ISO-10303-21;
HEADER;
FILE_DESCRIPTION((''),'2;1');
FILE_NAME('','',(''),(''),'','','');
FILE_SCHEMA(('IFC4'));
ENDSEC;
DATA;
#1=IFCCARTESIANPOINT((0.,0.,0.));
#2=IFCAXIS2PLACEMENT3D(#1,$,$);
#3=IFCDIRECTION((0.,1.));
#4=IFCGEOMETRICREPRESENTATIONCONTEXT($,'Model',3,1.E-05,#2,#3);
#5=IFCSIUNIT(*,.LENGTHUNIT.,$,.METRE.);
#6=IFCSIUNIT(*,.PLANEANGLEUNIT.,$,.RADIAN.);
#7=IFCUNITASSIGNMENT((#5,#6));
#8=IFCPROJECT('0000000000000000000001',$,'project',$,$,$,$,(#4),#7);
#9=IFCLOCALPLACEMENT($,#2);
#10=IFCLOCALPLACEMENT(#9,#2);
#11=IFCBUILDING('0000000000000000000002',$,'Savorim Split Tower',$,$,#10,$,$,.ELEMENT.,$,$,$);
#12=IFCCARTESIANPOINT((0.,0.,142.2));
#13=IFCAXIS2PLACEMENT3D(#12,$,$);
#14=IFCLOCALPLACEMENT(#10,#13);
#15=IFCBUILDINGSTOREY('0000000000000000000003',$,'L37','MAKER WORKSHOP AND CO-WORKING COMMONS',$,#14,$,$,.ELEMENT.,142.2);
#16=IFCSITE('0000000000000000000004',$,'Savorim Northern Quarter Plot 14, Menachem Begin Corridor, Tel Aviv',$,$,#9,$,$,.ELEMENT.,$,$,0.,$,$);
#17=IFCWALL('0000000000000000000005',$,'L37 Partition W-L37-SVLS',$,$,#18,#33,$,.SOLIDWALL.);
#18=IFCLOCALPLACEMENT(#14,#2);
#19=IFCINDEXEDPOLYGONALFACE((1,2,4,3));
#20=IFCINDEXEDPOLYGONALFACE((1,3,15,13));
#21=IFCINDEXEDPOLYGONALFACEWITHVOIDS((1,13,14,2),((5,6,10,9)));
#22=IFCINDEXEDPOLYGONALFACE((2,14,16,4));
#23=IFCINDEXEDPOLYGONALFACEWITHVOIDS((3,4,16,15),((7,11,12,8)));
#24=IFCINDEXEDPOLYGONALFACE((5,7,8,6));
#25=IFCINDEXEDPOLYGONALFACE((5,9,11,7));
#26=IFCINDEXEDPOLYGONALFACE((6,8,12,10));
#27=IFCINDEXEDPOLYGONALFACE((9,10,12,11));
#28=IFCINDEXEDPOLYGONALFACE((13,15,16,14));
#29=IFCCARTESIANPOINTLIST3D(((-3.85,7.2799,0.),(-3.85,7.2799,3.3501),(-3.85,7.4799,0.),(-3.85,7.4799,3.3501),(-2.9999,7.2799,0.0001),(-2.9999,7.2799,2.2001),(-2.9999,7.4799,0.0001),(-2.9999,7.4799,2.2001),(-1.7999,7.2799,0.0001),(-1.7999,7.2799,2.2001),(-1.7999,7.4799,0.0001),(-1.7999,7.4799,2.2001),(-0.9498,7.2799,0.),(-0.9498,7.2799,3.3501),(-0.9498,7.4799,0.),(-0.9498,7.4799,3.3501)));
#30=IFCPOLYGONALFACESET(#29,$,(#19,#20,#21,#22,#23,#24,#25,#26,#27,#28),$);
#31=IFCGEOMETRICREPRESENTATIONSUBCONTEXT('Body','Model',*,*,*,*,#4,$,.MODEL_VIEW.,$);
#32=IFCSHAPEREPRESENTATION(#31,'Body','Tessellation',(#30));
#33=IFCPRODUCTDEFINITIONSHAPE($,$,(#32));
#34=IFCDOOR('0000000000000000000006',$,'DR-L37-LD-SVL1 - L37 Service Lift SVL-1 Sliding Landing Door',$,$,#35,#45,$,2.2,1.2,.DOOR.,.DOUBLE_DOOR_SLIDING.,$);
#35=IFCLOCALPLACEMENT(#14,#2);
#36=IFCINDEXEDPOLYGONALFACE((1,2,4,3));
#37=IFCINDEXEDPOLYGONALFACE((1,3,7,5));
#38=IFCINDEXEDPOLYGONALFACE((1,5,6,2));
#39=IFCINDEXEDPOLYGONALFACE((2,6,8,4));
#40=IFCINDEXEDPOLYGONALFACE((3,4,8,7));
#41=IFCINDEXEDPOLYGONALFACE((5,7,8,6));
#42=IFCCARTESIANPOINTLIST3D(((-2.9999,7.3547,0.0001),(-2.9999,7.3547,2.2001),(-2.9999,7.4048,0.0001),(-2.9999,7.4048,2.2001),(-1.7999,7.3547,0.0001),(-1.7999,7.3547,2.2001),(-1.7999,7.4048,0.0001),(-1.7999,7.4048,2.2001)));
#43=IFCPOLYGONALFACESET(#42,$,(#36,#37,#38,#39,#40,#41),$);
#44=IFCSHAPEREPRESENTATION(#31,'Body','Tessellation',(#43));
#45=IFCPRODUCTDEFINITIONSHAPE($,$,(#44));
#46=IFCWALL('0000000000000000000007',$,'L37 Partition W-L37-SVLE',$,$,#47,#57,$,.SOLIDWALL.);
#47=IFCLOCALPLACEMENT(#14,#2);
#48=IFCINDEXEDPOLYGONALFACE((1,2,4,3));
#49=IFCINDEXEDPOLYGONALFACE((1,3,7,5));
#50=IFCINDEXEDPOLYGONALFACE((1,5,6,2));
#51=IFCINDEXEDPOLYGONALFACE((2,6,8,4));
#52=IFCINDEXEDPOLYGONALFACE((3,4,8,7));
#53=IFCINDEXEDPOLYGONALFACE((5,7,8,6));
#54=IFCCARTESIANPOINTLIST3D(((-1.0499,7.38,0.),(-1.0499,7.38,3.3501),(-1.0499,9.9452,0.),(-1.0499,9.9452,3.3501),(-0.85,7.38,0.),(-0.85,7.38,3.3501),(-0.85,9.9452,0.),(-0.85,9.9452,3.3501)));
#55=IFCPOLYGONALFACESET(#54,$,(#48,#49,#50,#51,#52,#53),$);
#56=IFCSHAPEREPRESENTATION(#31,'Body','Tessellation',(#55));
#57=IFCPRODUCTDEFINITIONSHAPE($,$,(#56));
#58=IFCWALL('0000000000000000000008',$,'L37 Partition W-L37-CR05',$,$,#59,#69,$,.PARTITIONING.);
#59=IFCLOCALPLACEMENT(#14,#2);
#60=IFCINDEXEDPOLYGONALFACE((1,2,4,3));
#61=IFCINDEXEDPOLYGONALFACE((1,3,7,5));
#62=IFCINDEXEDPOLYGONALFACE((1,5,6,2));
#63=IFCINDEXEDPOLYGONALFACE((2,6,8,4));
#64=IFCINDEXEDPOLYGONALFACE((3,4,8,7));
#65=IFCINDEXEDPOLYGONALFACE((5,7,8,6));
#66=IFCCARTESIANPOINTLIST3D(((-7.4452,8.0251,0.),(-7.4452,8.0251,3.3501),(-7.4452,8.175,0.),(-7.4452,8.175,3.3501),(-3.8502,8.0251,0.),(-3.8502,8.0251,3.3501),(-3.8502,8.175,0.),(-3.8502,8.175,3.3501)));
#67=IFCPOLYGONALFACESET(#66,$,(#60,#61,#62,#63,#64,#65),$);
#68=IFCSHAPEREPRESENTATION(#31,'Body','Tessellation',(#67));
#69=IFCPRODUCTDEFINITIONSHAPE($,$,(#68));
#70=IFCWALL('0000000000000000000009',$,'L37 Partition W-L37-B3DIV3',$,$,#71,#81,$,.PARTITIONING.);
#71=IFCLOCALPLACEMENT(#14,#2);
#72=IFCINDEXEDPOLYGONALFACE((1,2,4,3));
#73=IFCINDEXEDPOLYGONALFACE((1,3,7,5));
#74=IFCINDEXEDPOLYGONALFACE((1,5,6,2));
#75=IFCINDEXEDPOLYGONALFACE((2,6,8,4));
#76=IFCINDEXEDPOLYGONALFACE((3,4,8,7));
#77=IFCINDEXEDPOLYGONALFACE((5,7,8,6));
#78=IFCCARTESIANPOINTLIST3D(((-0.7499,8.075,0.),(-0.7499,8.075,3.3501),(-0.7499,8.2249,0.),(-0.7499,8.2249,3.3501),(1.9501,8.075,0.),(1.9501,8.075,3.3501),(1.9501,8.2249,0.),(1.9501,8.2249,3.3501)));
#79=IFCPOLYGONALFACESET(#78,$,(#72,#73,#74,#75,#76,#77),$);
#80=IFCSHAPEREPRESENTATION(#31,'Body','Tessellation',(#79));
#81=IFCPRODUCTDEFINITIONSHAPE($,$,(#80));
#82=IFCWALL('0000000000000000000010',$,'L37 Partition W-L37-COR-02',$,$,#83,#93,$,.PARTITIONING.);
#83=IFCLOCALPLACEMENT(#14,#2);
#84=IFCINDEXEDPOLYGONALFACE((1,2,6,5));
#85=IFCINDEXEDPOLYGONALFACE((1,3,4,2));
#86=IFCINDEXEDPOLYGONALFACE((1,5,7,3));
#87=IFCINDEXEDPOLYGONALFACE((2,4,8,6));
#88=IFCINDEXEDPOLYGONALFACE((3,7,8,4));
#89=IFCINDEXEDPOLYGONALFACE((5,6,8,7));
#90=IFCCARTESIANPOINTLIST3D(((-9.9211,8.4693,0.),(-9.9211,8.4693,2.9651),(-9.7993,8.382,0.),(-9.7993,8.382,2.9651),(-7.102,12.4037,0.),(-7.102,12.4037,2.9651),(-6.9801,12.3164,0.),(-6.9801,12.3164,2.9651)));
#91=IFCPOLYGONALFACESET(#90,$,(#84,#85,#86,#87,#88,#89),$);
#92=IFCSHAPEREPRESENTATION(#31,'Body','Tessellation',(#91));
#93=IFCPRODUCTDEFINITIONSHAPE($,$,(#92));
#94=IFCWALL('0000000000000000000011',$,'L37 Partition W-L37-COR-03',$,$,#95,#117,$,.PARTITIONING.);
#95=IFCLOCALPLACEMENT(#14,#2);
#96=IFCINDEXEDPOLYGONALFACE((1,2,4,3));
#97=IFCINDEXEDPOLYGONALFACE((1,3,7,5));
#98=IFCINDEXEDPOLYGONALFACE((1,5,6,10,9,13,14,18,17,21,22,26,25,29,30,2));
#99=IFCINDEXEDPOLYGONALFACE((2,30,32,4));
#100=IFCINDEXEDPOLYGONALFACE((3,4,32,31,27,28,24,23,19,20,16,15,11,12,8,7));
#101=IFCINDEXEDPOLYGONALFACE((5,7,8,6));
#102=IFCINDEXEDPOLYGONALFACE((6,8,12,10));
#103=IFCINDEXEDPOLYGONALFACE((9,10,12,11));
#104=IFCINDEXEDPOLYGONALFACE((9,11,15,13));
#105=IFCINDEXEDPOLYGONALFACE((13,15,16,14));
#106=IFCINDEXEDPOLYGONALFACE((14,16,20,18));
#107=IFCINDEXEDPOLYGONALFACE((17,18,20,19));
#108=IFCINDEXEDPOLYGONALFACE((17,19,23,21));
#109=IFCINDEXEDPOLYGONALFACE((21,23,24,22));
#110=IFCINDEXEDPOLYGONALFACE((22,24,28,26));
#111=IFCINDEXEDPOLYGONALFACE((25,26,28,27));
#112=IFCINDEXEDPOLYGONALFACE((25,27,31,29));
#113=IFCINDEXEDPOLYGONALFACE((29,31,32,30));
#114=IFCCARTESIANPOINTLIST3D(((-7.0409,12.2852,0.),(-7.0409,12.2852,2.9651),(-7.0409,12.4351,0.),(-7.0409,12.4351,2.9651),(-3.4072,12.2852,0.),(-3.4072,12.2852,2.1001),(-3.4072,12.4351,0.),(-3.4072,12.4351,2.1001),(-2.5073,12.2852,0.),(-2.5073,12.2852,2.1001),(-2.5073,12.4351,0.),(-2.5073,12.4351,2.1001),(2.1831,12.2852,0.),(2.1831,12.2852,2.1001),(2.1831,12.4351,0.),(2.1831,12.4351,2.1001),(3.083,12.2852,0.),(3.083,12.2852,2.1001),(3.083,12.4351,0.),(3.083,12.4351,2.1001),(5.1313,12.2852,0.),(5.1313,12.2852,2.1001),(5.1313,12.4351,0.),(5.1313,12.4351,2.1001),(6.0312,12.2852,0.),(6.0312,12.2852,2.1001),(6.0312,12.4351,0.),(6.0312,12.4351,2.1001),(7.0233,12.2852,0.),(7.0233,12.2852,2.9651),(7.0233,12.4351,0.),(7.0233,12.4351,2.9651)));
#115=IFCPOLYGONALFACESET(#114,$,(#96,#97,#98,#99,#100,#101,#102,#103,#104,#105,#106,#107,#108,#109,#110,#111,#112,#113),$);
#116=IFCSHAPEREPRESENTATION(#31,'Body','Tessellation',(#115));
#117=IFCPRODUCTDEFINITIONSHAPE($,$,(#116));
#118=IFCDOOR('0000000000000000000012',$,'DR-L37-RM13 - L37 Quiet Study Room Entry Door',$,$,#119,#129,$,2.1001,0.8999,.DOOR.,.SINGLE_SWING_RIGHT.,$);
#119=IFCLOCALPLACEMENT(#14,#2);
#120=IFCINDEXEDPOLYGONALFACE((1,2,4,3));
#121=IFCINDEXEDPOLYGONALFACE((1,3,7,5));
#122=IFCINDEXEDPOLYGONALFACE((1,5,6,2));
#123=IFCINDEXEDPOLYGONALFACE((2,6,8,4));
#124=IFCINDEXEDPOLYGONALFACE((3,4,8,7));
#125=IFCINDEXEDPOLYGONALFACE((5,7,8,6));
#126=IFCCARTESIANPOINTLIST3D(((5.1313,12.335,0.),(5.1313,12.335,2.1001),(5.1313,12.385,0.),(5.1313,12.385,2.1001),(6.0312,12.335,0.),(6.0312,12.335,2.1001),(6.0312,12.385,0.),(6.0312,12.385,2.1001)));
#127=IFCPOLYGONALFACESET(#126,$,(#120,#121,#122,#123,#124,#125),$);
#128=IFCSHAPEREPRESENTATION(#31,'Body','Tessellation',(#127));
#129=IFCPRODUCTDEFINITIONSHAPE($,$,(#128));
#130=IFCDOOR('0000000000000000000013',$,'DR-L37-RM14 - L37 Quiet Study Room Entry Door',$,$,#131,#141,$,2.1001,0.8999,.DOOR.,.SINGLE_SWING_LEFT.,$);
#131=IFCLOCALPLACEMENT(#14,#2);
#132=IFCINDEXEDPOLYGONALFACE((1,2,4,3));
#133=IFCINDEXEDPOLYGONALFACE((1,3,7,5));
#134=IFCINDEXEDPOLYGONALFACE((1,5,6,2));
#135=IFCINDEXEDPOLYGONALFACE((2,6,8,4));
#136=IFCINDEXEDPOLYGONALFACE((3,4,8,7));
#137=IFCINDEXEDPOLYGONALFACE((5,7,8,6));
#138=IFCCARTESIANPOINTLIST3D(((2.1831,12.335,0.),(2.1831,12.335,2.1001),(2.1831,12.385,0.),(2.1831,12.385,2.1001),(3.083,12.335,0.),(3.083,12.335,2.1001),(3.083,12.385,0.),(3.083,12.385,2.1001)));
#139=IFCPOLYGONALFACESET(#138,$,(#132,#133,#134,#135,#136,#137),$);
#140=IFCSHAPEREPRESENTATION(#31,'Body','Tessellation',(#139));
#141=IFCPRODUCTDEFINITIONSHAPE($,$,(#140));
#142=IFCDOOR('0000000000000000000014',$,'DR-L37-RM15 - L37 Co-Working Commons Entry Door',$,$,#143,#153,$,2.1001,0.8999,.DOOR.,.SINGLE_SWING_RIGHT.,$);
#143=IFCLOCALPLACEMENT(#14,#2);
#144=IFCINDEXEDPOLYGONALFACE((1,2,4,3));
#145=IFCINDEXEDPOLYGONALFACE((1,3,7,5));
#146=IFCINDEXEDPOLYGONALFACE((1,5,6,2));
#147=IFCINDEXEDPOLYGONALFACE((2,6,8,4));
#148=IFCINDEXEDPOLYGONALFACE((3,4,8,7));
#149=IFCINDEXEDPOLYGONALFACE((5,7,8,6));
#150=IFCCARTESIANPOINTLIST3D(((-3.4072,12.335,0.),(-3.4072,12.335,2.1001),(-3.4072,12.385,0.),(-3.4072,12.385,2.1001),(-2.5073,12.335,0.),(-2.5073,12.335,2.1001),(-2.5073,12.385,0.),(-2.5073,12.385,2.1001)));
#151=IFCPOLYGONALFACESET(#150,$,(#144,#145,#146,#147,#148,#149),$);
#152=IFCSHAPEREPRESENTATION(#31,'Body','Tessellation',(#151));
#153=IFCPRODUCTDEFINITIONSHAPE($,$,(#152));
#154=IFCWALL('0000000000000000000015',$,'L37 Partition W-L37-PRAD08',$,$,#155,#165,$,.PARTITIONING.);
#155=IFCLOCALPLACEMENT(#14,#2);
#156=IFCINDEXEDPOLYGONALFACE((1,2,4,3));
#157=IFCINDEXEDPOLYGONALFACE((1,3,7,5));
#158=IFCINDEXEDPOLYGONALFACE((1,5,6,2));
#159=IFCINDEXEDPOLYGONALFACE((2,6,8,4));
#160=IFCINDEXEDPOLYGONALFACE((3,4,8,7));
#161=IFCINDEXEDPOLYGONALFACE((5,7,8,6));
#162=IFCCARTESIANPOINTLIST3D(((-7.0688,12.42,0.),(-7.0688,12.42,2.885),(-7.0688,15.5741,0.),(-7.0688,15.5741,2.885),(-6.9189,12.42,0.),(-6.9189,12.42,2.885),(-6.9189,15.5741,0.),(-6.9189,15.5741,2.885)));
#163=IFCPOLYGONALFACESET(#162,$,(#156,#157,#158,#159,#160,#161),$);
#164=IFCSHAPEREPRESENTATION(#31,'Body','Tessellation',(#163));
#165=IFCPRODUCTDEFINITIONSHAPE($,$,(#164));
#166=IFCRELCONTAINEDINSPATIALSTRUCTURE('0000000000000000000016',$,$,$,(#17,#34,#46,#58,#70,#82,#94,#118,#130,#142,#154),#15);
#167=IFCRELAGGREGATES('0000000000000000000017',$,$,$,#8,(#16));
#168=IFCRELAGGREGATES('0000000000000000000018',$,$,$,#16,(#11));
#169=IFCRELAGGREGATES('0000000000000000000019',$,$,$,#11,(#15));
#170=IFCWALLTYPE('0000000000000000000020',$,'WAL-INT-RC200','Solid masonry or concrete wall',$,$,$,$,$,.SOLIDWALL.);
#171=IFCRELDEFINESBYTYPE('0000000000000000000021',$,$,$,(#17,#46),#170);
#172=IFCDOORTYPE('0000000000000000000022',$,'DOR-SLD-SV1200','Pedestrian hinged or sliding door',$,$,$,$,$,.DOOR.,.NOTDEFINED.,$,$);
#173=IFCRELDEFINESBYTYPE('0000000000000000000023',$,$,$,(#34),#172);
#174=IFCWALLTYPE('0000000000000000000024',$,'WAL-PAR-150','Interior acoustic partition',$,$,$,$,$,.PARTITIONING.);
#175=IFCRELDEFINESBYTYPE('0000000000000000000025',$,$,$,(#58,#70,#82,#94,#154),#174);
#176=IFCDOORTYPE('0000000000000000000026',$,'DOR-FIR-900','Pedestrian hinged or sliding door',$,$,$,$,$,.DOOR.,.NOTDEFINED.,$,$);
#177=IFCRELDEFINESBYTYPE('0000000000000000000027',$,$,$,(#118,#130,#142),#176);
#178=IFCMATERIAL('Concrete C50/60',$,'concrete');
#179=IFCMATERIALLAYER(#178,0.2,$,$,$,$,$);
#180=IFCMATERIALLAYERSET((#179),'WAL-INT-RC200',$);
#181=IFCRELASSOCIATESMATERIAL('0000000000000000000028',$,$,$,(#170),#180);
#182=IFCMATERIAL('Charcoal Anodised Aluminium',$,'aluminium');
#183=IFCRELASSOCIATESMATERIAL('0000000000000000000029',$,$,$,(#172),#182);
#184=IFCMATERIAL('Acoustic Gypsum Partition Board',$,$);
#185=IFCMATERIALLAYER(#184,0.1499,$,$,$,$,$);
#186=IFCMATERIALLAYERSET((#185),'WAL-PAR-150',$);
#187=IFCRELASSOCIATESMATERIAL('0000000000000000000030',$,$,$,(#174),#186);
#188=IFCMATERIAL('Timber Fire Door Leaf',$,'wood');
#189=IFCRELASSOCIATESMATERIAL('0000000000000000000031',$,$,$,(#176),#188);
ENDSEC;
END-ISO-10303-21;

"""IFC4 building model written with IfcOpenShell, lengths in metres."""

from ifc_helpers import new_model, si_unit, direction, frame, frame_2d, origin, place, context, subcontext, project, spatial, rectangle, extrude, material, layer, layer_set, type_object, element, fill, save


model = new_model("IFC4")

# Units and contexts
model_context = context("Model", 3, precision=1e-05, world=origin(), true_north=direction((0.0, 1.0)))
body_context = subcontext(model_context, "Body", "Model", "MODEL_VIEW")
ifc_project = project(units=[si_unit("LENGTHUNIT", "METRE"), si_unit("PLANEANGLEUNIT", "RADIAN")], contexts=[model_context])

# Site, building, storey
site_placement = place(None, origin())
site = spatial("IfcSite", under=ifc_project, at=site_placement, Name="Savorim Northern Quarter Plot 14, Menachem Begin Corridor, Tel Aviv", CompositionType="ELEMENT", RefElevation=0.0)
building_placement = place(site_placement, origin())
building = spatial("IfcBuilding", under=site, at=building_placement, Name="Savorim Split Tower", CompositionType="ELEMENT")
storey_placement = place(building_placement, frame((0.0, 0.0, 142.2)))
storey = spatial("IfcBuildingStorey", under=building, at=storey_placement, Name="L37", Description="MAKER WORKSHOP AND CO-WORKING COMMONS", CompositionType="ELEMENT", Elevation=142.2)

# Shared definitions
ifc_material_1 = material(Name="Charcoal Anodised Aluminium", Category="aluminium")

# Wall, opening, door
ifc_material_2 = material(Name="Concrete C50/60", Category="concrete")
ifc_layer_1 = layer(ifc_material_2, 0.2)
ifc_layer_set_1 = layer_set([ifc_layer_1], Name="WAL-INT-RC200")
wall_type_1 = type_object("IfcWallType", Name="WAL-INT-RC200", Description="Solid masonry or concrete wall", PredefinedType="SOLIDWALL", material=ifc_layer_set_1)
wall_1_placement = place(storey_placement, frame((-3.8501, 7.3799, 0.0), z_axis=(0.0, 0.0, 1.0), x_axis=(1.0, 0.0, 0.0)))
wall_1 = element("IfcWall", 1, at=wall_1_placement, inside=storey, type_object=wall_type_1, Name="L37 Partition W-L37-SVLS", PredefinedType="SOLIDWALL", context=body_context, shape_type="SweptSolid", body=[
    extrude(rectangle(XDim=2.9001, YDim=0.2, at=frame_2d((1.4502, 0.0))), origin(), (0.0, 0.0, 1.0), 3.3501),
])
opening_1_placement = place(wall_1_placement, frame((0.8501, 0.0, 0.0)))
opening_1 = element("IfcOpeningElement", 2, at=opening_1_placement, cuts=wall_1, PredefinedType="OPENING", context=body_context, shape_type="SweptSolid", body=[
    extrude(rectangle(XDim=1.2, YDim=2.2, at=frame_2d((0.6001, 1.1001))), frame((0.0, 0.1099, 0.0), z_axis=(0.0, -1.0, 0.0), x_axis=(1.0, 0.0, 0.0)), (0.0, 0.0, 1.0), 0.22),
])
door_type_1 = type_object("IfcDoorType", Name="DOR-SLD-SV1200", Description="Pedestrian hinged or sliding door", OperationType="NOTDEFINED", PredefinedType="DOOR", material=ifc_material_1)
door_1_placement = place(opening_1_placement, origin())
door_1 = element("IfcDoor", 3, at=door_1_placement, inside=storey, type_object=door_type_1, Name="DR-L37-LD-SVL1 - L37 Service Lift SVL-1 Sliding Landing Door", OperationType="DOUBLE_DOOR_SLIDING", OverallHeight=2.2, OverallWidth=1.2, PredefinedType="DOOR", context=body_context, shape_type="SweptSolid", body=[
    extrude(rectangle(XDim=1.2, YDim=2.2, at=frame_2d((0.6001, 1.1001))), frame((0.0, 0.0249, 0.0), z_axis=(0.0, -1.0, 0.0), x_axis=(1.0, 0.0, 0.0)), (0.0, 0.0, 1.0), 0.05),
])
fill(opening_1, door_1)

# Walls
wall_2_placement = place(storey_placement, frame((-0.95, 7.3799, 0.0), z_axis=(0.0, 0.0, 1.0), x_axis=(0.0, 1.0, 0.0)))
element("IfcWall", 4, at=wall_2_placement, inside=storey, type_object=wall_type_1, Name="L37 Partition W-L37-SVLE", PredefinedType="SOLIDWALL", context=body_context, shape_type="SweptSolid", body=[
    extrude(rectangle(XDim=2.5652, YDim=0.2, at=frame_2d((1.2827, 0.0))), origin(), (0.0, 0.0, 1.0), 3.3501),
])
ifc_material_3 = material(Name="Acoustic Gypsum Partition Board")
ifc_layer_2 = layer(ifc_material_3, 0.1499)
ifc_layer_set_2 = layer_set([ifc_layer_2], Name="WAL-PAR-150")
wall_type_2 = type_object("IfcWallType", Name="WAL-PAR-150", Description="Interior acoustic partition", PredefinedType="PARTITIONING", material=ifc_layer_set_2)
wall_3_placement = place(storey_placement, frame((-7.4451, 8.1001, 0.0), z_axis=(0.0, 0.0, 1.0), x_axis=(1.0, 0.0, 0.0)))
element("IfcWall", 5, at=wall_3_placement, inside=storey, type_object=wall_type_2, Name="L37 Partition W-L37-CR05", PredefinedType="PARTITIONING", context=body_context, shape_type="SweptSolid", body=[
    extrude(rectangle(XDim=3.595, YDim=0.1499, at=frame_2d((1.7974, 0.0))), origin(), (0.0, 0.0, 1.0), 3.3501),
])
wall_4_placement = place(storey_placement, frame((-0.75, 8.1499, 0.0), z_axis=(0.0, 0.0, 1.0), x_axis=(1.0, 0.0, 0.0)))
element("IfcWall", 6, at=wall_4_placement, inside=storey, type_object=wall_type_2, Name="L37 Partition W-L37-B3DIV3", PredefinedType="PARTITIONING", context=body_context, shape_type="SweptSolid", body=[
    extrude(rectangle(XDim=2.7, YDim=0.1499, at=frame_2d((1.3501, 0.0))), origin(), (0.0, 0.0, 1.0), 3.3501),
])
wall_5_placement = place(storey_placement, frame((-9.8601, 8.4258, 0.0), z_axis=(0.0, 0.0, 1.0), x_axis=(0.58245, 0.812867, 0.0)))
element("IfcWall", 7, at=wall_5_placement, inside=storey, type_object=wall_type_2, Name="L37 Partition W-L37-COR-02", PredefinedType="PARTITIONING", context=body_context, shape_type="SweptSolid", body=[
    extrude(rectangle(XDim=4.8401, YDim=0.1499, at=frame_2d((2.4199, 0.0))), origin(), (0.0, 0.0, 1.0), 2.9651),
])

# Wall, openings, doors
wall_6_placement = place(storey_placement, frame((-7.041, 12.3601, 0.0), z_axis=(0.0, 0.0, 1.0), x_axis=(1.0, 0.0, 0.0)))
wall_6 = element("IfcWall", 8, at=wall_6_placement, inside=storey, type_object=wall_type_2, Name="L37 Partition W-L37-COR-03", PredefinedType="PARTITIONING", context=body_context, shape_type="SweptSolid", body=[
    extrude(rectangle(XDim=14.0642, YDim=0.1499, at=frame_2d((7.0322, 0.0))), origin(), (0.0, 0.0, 1.0), 2.9651),
])
opening_2_placement = place(wall_6_placement, frame((12.1724, 0.0, 0.0)))
opening_2 = element("IfcOpeningElement", 9, at=opening_2_placement, cuts=wall_6, PredefinedType="OPENING", context=body_context, shape_type="SweptSolid", body=[
    extrude(rectangle(XDim=0.8999, YDim=2.1001, at=frame_2d((0.45, 1.05))), frame((0.0, 0.085, 0.0), z_axis=(0.0, -1.0, 0.0), x_axis=(1.0, 0.0, 0.0)), (0.0, 0.0, 1.0), 0.1699),
])
opening_3_placement = place(wall_6_placement, frame((9.2241, 0.0, 0.0)))
opening_3 = element("IfcOpeningElement", 10, at=opening_3_placement, cuts=wall_6, PredefinedType="OPENING", context=body_context, shape_type="SweptSolid", body=[
    extrude(rectangle(XDim=0.8999, YDim=2.1001, at=frame_2d((0.45, 1.05))), frame((0.0, 0.085, 0.0), z_axis=(0.0, -1.0, 0.0), x_axis=(1.0, 0.0, 0.0)), (0.0, 0.0, 1.0), 0.1699),
])
opening_4_placement = place(wall_6_placement, frame((3.6338, 0.0, 0.0)))
opening_4 = element("IfcOpeningElement", 11, at=opening_4_placement, cuts=wall_6, PredefinedType="OPENING", context=body_context, shape_type="SweptSolid", body=[
    extrude(rectangle(XDim=0.8999, YDim=2.1001, at=frame_2d((0.45, 1.05))), frame((0.0, 0.085, 0.0), z_axis=(0.0, -1.0, 0.0), x_axis=(1.0, 0.0, 0.0)), (0.0, 0.0, 1.0), 0.1699),
])
ifc_material_4 = material(Name="Timber Fire Door Leaf", Category="wood")
door_type_2 = type_object("IfcDoorType", Name="DOR-FIR-900", Description="Pedestrian hinged or sliding door", OperationType="NOTDEFINED", PredefinedType="DOOR", material=ifc_material_4)
door_2_placement = place(opening_2_placement, origin())
door_2 = element("IfcDoor", 12, at=door_2_placement, inside=storey, type_object=door_type_2, Name="DR-L37-RM13 - L37 Quiet Study Room Entry Door", OperationType="SINGLE_SWING_RIGHT", OverallHeight=2.1001, OverallWidth=0.8999, PredefinedType="DOOR", context=body_context, shape_type="SweptSolid", body=[
    extrude(rectangle(XDim=0.8999, YDim=2.1001, at=frame_2d((0.45, 1.05))), frame((0.0, 0.0249, 0.0), z_axis=(0.0, -1.0, 0.0), x_axis=(1.0, 0.0, 0.0)), (0.0, 0.0, 1.0), 0.05),
])
fill(opening_2, door_2)
door_3_placement = place(opening_3_placement, origin())
door_3 = element("IfcDoor", 13, at=door_3_placement, inside=storey, type_object=door_type_2, Name="DR-L37-RM14 - L37 Quiet Study Room Entry Door", OperationType="SINGLE_SWING_LEFT", OverallHeight=2.1001, OverallWidth=0.8999, PredefinedType="DOOR", context=body_context, shape_type="SweptSolid", body=[
    extrude(rectangle(XDim=0.8999, YDim=2.1001, at=frame_2d((0.45, 1.05))), frame((0.0, 0.0249, 0.0), z_axis=(0.0, -1.0, 0.0), x_axis=(1.0, 0.0, 0.0)), (0.0, 0.0, 1.0), 0.05),
])
fill(opening_3, door_3)
door_4_placement = place(opening_4_placement, origin())
door_4 = element("IfcDoor", 14, at=door_4_placement, inside=storey, type_object=door_type_2, Name="DR-L37-RM15 - L37 Co-Working Commons Entry Door", OperationType="SINGLE_SWING_RIGHT", OverallHeight=2.1001, OverallWidth=0.8999, PredefinedType="DOOR", context=body_context, shape_type="SweptSolid", body=[
    extrude(rectangle(XDim=0.8999, YDim=2.1001, at=frame_2d((0.45, 1.05))), frame((0.0, 0.0249, 0.0), z_axis=(0.0, -1.0, 0.0), x_axis=(1.0, 0.0, 0.0)), (0.0, 0.0, 1.0), 0.05),
])
fill(opening_4, door_4)

# Wall
wall_7_placement = place(storey_placement, frame((-6.9939, 12.4199, 0.0), z_axis=(0.0, 0.0, 1.0), x_axis=(0.0, 1.0, 0.0)))
element("IfcWall", 15, at=wall_7_placement, inside=storey, type_object=wall_type_2, Name="L37 Partition W-L37-PRAD08", PredefinedType="PARTITIONING", context=body_context, shape_type="SweptSolid", body=[
    extrude(rectangle(XDim=3.1541, YDim=0.1499, at=frame_2d((1.5771, 0.0))), origin(), (0.0, 0.0, 1.0), 2.885),
])

save(model, "model.ifc")
